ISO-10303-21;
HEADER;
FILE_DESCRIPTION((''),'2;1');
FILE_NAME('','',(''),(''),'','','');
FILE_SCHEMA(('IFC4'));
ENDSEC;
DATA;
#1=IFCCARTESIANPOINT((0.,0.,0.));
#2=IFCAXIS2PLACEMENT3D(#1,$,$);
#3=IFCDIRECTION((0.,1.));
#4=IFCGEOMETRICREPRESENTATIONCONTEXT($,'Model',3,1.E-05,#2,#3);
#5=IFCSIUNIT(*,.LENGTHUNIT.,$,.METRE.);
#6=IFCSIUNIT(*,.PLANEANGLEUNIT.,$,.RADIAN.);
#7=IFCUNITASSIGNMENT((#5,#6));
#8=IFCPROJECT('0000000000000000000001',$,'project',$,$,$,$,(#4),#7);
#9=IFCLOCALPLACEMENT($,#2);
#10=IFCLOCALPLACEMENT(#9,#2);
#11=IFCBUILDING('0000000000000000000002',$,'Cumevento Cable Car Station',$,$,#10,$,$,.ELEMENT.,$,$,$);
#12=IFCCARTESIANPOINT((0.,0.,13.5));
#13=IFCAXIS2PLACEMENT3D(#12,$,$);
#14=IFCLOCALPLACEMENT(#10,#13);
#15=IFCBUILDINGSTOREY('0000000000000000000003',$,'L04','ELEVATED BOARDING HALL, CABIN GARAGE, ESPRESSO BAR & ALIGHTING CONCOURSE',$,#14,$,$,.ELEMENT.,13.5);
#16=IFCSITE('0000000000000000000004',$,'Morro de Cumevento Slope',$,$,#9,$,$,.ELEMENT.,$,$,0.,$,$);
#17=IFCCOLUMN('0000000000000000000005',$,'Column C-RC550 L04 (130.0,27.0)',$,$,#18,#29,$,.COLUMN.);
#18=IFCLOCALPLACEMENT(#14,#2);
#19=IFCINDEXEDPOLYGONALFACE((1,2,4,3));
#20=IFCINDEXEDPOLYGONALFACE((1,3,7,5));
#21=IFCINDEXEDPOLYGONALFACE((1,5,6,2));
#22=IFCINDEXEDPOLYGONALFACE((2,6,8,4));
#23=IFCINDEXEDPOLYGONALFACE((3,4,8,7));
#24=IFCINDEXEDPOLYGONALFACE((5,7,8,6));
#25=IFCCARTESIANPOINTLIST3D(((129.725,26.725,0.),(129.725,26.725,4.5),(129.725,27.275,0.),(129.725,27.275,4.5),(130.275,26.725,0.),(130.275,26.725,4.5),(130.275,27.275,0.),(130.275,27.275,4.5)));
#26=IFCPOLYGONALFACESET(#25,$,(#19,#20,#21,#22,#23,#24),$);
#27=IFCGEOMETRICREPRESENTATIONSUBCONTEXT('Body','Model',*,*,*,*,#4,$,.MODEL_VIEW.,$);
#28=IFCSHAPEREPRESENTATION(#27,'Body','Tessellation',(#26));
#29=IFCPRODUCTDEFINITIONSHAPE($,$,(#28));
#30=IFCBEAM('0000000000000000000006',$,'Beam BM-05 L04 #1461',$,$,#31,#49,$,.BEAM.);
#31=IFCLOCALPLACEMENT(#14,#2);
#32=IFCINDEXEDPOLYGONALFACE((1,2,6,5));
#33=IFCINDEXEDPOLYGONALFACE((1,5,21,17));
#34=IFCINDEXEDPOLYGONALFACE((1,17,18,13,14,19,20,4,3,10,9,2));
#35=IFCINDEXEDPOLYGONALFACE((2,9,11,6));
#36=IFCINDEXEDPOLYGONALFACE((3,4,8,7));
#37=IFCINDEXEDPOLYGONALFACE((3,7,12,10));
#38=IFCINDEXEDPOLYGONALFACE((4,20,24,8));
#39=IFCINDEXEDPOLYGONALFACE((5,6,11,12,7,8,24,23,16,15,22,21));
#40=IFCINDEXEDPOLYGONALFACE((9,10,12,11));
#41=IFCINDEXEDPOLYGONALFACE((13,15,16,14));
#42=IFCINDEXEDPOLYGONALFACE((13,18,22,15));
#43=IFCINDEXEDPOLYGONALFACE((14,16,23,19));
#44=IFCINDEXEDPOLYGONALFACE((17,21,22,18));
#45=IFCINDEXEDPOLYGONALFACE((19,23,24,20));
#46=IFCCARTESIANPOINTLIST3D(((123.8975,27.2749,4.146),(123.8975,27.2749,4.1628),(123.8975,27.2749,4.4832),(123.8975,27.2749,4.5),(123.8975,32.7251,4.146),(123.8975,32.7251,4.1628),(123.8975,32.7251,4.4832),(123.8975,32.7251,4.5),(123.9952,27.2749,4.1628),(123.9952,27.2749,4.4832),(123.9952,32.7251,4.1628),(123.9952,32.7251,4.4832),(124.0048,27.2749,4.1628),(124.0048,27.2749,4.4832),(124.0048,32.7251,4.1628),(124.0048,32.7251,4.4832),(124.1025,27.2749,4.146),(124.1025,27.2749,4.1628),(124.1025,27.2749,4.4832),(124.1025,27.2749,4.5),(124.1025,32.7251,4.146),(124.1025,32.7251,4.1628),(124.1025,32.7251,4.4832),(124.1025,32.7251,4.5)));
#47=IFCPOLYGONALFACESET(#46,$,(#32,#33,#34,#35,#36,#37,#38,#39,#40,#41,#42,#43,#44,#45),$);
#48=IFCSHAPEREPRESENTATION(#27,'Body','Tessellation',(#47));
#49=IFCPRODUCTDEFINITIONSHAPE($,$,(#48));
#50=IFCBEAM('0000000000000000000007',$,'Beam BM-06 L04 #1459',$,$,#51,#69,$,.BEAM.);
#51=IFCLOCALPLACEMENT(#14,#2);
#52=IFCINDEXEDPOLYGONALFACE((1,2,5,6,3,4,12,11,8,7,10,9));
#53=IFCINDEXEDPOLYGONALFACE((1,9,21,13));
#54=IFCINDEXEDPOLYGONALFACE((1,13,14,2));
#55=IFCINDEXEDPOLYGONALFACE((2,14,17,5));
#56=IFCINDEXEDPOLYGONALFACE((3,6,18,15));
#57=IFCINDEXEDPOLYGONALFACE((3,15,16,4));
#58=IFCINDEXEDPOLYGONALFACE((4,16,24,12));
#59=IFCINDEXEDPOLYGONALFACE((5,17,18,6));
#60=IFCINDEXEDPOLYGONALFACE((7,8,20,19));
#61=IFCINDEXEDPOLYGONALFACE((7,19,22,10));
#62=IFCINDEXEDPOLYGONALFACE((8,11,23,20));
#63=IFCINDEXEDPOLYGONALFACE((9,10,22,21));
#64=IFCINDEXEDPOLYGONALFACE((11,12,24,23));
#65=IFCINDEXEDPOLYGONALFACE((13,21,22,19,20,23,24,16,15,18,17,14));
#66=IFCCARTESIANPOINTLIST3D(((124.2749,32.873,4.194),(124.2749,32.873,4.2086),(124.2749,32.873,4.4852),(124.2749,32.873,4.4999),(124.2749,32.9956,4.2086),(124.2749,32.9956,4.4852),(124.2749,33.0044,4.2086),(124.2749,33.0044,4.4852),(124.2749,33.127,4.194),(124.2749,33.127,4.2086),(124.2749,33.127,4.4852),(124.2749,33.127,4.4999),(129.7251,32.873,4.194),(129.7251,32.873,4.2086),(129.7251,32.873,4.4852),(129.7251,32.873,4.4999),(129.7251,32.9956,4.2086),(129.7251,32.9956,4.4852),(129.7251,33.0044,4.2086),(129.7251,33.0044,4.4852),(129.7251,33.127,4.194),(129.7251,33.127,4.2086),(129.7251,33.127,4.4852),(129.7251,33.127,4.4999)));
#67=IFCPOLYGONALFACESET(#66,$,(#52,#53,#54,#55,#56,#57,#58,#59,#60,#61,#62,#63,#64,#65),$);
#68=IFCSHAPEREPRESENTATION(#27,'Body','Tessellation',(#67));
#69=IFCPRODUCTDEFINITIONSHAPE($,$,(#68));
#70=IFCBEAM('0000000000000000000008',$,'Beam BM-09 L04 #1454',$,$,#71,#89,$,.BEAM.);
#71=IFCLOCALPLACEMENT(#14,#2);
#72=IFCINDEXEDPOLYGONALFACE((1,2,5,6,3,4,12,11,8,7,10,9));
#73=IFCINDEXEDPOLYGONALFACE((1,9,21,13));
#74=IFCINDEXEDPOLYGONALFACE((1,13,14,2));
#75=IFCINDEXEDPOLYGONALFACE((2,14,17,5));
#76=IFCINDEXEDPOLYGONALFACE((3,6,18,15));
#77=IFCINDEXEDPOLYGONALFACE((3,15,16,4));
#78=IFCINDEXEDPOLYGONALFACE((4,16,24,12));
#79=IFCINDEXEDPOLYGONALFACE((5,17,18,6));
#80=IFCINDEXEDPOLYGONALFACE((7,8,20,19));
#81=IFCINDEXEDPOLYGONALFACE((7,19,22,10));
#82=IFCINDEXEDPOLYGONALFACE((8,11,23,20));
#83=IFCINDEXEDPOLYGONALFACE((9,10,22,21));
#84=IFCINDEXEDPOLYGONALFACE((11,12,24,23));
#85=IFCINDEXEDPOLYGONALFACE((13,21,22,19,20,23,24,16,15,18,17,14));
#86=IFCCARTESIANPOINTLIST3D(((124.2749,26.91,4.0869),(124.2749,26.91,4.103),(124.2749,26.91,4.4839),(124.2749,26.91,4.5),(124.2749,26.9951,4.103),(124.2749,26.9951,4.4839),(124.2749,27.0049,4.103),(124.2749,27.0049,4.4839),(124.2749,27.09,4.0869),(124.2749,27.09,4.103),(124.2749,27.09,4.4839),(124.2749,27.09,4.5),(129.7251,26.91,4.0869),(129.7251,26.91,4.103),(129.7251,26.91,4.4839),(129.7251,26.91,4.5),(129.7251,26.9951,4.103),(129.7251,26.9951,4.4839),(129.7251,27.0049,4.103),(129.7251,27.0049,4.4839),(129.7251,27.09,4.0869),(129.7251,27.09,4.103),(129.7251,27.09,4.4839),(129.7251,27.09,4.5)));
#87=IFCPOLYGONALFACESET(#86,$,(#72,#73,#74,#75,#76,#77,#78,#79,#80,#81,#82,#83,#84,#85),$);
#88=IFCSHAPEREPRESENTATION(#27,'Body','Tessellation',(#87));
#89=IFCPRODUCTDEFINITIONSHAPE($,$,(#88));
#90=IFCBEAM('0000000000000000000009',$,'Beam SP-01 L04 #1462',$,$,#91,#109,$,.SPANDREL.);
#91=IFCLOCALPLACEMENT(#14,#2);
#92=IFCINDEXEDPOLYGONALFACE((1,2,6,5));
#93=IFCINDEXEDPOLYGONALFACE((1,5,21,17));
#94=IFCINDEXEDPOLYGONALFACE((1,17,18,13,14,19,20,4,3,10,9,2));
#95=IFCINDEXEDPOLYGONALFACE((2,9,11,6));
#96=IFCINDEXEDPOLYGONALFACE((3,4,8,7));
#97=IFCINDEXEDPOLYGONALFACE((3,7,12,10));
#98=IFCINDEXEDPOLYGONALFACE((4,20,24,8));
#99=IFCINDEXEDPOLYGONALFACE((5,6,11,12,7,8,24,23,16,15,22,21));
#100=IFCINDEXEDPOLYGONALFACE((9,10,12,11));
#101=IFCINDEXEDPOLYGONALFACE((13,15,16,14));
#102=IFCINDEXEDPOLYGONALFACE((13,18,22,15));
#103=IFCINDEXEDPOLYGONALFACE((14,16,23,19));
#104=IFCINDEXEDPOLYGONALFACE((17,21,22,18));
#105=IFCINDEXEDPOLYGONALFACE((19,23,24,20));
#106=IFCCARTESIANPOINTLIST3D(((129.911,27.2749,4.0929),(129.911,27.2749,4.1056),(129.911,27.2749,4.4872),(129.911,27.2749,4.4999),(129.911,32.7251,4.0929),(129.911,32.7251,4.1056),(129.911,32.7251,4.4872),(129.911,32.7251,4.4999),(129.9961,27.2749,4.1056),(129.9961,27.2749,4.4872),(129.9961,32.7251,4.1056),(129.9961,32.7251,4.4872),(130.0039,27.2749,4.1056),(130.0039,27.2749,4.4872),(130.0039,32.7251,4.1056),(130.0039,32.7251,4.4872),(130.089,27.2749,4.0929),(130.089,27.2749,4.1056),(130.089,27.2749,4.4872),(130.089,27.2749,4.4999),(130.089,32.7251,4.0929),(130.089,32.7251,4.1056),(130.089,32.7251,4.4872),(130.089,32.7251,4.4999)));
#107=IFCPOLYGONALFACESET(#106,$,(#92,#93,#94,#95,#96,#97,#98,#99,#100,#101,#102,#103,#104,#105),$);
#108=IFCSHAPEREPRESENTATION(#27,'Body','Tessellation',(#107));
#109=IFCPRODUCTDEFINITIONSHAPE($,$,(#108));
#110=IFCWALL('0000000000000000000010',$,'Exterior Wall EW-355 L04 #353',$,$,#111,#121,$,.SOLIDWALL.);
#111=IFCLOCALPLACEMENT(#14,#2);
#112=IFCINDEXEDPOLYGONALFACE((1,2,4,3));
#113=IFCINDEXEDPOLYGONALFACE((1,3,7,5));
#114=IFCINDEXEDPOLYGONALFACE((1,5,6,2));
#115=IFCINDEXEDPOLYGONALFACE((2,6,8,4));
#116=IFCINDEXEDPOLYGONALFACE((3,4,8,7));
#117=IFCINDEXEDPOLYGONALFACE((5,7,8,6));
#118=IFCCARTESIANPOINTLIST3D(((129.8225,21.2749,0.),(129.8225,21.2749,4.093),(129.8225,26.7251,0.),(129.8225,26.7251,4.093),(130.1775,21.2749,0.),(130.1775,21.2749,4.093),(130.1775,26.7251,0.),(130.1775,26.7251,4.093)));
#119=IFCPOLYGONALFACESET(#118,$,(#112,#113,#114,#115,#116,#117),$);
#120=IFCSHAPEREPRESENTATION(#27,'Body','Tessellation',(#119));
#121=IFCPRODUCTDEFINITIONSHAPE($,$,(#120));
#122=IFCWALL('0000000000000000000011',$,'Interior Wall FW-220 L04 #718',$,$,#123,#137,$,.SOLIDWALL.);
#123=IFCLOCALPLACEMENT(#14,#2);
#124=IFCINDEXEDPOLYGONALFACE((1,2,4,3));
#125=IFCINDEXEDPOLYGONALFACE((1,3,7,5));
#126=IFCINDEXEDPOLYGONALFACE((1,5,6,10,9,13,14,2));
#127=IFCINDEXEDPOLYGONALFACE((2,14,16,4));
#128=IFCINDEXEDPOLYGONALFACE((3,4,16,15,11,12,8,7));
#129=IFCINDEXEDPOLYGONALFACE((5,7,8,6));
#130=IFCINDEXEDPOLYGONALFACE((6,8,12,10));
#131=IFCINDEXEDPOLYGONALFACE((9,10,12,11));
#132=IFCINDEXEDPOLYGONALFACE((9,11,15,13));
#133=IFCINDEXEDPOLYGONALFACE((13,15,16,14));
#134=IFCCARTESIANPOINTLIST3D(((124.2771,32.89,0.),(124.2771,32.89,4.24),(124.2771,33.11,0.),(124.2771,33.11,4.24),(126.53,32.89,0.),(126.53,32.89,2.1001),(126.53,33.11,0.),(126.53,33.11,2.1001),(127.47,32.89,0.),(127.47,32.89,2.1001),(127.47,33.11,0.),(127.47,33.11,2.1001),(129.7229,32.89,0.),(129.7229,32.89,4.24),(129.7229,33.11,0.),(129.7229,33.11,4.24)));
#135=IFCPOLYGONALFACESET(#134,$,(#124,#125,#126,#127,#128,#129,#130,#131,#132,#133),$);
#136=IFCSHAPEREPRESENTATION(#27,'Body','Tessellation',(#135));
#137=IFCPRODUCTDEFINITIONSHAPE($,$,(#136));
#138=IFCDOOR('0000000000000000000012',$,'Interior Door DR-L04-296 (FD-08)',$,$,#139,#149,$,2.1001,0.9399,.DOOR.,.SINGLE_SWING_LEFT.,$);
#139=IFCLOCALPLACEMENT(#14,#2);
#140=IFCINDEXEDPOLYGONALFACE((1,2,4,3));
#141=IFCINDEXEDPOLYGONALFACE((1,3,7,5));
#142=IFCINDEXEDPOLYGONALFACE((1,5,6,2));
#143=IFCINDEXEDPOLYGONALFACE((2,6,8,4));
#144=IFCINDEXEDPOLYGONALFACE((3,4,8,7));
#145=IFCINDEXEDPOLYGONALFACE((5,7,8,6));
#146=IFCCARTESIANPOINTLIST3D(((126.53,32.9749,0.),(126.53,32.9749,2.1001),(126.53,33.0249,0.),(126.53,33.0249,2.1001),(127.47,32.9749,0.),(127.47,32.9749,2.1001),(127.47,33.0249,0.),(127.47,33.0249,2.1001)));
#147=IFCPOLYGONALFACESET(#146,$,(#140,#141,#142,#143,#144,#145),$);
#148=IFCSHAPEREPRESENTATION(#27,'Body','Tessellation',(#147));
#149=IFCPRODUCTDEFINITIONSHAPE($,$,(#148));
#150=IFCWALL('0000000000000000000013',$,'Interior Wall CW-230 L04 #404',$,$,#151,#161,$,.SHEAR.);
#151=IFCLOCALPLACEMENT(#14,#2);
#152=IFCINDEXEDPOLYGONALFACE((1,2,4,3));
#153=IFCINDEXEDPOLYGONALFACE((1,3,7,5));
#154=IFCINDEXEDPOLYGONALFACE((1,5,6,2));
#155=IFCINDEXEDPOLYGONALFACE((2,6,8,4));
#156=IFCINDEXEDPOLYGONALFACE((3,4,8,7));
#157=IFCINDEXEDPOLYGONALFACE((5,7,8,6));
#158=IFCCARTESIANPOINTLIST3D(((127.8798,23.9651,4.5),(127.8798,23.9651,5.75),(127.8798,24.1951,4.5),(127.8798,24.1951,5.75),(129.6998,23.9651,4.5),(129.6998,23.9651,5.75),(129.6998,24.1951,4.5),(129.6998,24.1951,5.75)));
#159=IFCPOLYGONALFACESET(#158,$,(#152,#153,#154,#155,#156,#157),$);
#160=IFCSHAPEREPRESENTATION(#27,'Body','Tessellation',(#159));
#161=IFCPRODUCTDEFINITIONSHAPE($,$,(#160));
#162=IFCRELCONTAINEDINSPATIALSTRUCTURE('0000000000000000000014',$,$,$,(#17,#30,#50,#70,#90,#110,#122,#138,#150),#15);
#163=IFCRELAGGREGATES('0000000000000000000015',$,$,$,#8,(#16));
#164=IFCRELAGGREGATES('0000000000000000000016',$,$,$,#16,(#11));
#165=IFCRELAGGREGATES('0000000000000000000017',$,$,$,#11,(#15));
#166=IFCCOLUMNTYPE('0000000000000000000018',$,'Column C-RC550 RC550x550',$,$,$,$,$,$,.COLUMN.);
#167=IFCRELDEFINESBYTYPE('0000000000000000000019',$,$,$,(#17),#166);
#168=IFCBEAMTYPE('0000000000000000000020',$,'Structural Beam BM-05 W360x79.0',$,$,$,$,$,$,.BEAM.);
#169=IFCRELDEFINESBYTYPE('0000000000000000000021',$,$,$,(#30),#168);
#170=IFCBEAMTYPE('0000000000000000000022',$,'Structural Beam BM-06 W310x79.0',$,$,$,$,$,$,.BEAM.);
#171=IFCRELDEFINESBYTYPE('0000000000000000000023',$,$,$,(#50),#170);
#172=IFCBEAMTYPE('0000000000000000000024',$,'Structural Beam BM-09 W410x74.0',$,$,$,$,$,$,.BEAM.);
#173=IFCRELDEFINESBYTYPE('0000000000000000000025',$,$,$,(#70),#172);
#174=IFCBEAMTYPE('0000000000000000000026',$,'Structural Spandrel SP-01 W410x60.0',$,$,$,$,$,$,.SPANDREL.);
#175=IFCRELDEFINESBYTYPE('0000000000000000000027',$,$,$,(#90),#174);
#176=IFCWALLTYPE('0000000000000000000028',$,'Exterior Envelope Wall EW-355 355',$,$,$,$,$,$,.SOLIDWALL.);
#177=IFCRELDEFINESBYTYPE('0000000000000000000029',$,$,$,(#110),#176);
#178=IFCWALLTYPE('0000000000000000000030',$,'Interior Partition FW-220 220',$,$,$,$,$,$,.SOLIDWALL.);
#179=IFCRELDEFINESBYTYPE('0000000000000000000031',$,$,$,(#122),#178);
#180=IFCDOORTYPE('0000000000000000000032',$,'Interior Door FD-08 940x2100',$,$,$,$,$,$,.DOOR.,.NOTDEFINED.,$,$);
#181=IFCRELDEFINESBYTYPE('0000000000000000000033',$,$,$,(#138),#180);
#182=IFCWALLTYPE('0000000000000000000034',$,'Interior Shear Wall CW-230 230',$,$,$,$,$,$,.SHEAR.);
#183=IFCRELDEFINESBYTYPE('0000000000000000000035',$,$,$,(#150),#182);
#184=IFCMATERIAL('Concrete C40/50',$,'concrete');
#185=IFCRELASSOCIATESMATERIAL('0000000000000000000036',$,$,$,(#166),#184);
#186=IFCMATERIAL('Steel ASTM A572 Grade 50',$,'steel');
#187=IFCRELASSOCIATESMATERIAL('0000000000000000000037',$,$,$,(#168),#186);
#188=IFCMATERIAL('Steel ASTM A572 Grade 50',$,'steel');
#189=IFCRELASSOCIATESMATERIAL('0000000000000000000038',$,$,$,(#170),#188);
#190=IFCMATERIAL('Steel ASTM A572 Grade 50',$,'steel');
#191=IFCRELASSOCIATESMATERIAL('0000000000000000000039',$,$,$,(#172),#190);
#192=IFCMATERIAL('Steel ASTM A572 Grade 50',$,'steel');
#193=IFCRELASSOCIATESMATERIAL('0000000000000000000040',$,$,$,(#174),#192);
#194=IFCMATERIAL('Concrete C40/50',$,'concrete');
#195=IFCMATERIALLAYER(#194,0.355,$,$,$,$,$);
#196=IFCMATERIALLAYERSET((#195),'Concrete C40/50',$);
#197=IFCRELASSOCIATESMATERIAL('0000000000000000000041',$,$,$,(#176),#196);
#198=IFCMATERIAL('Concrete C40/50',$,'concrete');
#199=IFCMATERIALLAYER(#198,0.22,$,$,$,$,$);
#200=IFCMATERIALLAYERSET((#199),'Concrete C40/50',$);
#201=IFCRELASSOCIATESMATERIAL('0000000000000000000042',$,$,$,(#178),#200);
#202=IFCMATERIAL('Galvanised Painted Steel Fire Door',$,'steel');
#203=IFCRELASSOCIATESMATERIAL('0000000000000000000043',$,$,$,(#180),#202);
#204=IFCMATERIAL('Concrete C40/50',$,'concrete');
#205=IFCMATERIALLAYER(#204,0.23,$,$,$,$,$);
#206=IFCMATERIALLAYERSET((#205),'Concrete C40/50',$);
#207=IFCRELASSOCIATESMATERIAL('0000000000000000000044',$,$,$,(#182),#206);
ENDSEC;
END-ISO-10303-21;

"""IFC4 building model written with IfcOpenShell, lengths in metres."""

from ifc_helpers import new_model, si_unit, direction, frame, frame_2d, origin, origin_2d, place, context, subcontext, project, spatial, rectangle, i_section, extrude, material, layer, layer_set, material_profile, profile_set, type_object, element, fill, save


model = new_model("IFC4")

# Units and contexts
model_context = context("Model", 3, precision=1e-05, world=origin(), true_north=direction((0.0, 1.0)))
body_context = subcontext(model_context, "Body", "Model", "MODEL_VIEW")
ifc_project = project(units=[si_unit("LENGTHUNIT", "METRE"), si_unit("PLANEANGLEUNIT", "RADIAN")], contexts=[model_context])

# Site, building, storey
site_placement = place(None, origin())
site = spatial("IfcSite", under=ifc_project, at=site_placement, Name="Morro de Cumevento Slope", CompositionType="ELEMENT", RefElevation=0.0)
building_placement = place(site_placement, origin())
building = spatial("IfcBuilding", under=site, at=building_placement, Name="Cumevento Cable Car Station", CompositionType="ELEMENT")
storey_placement = place(building_placement, frame((0.0, 0.0, 13.5)))
storey = spatial("IfcBuildingStorey", under=building, at=storey_placement, Name="L04", Description="ELEVATED BOARDING HALL, CABIN GARAGE, ESPRESSO BAR & ALIGHTING CONCOURSE", CompositionType="ELEMENT", Elevation=13.5)

# Column
ifc_material_1 = material(Name="Concrete C40/50", Category="concrete")
ifc_material_profile_1 = material_profile(ifc_material_1, rectangle(XDim=0.55, YDim=0.55, at=origin_2d()), Name="RC550x550")
ifc_profile_set_1 = profile_set([ifc_material_profile_1], Name="Concrete C40/50")
column_type = type_object("IfcColumnType", Name="Column C-RC550 RC550x550", PredefinedType="COLUMN", material=ifc_profile_set_1)
column_placement = place(storey_placement, frame((130.0, 27.0, 0.0), z_axis=(0.0, 0.0, 1.0), x_axis=(1.0, 0.0, 0.0)))
element("IfcColumn", 1, at=column_placement, inside=storey, type_object=column_type, Name="Column C-RC550 L04 (130.0,27.0)", PredefinedType="COLUMN", context=body_context, shape_type="SweptSolid", body=[
    extrude(rectangle(XDim=0.55, YDim=0.55, at=origin_2d()), origin(), (0.0, 0.0, 1.0), 4.5),
])

# Beams
ifc_material_2 = material(Name="Steel ASTM A572 Grade 50", Category="steel")
ifc_material_profile_2 = material_profile(ifc_material_2, i_section(OverallWidth=0.2051, OverallDepth=0.354, WebThickness=0.0095, FlangeThickness=0.0168, at=origin_2d()), Name="W360x79.0")
ifc_profile_set_2 = profile_set([ifc_material_profile_2], Name="Steel ASTM A572 Grade 50")
beam_type_1 = type_object("IfcBeamType", Name="Structural Beam BM-05 W360x79.0", PredefinedType="BEAM", material=ifc_profile_set_2)
beam_1_placement = place(storey_placement, frame((124.0, 27.2749, 4.323), z_axis=(0.0, 1.0, 0.0), x_axis=(-1.0, 0.0, 0.0)))
element("IfcBeam", 2, at=beam_1_placement, inside=storey, type_object=beam_type_1, Name="Beam BM-05 L04 #1461", PredefinedType="BEAM", context=body_context, shape_type="SweptSolid", body=[
    extrude(i_section(OverallWidth=0.2051, OverallDepth=0.354, WebThickness=0.0095, FlangeThickness=0.0168, at=origin_2d()), origin(), (0.0, 0.0, 1.0), 5.4502),
])
ifc_material_3 = material(Name="Steel ASTM A572 Grade 50", Category="steel")
ifc_material_profile_3 = material_profile(ifc_material_3, i_section(OverallWidth=0.2539, OverallDepth=0.3059, WebThickness=0.0088, FlangeThickness=0.0146, at=origin_2d()), Name="W310x79.0")
ifc_profile_set_3 = profile_set([ifc_material_profile_3], Name="Steel ASTM A572 Grade 50")
beam_type_2 = type_object("IfcBeamType", Name="Structural Beam BM-06 W310x79.0", PredefinedType="BEAM", material=ifc_profile_set_3)
beam_2_placement = place(storey_placement, frame((124.2749, 33.0, 4.3469), z_axis=(1.0, 0.0, 0.0), x_axis=(0.0, 1.0, 0.0)))
element("IfcBeam", 3, at=beam_2_placement, inside=storey, type_object=beam_type_2, Name="Beam BM-06 L04 #1459", PredefinedType="BEAM", context=body_context, shape_type="SweptSolid", body=[
    extrude(i_section(OverallWidth=0.2539, OverallDepth=0.3059, WebThickness=0.0088, FlangeThickness=0.0146, at=origin_2d()), origin(), (0.0, 0.0, 1.0), 5.4502),
])
ifc_material_4 = material(Name="Steel ASTM A572 Grade 50", Category="steel")
ifc_material_profile_4 = material_profile(ifc_material_4, i_section(OverallWidth=0.1799, OverallDepth=0.4131, WebThickness=0.0098, FlangeThickness=0.0161, at=origin_2d()), Name="W410x74.0")
ifc_profile_set_4 = profile_set([ifc_material_profile_4], Name="Steel ASTM A572 Grade 50")
beam_type_3 = type_object("IfcBeamType", Name="Structural Beam BM-09 W410x74.0", PredefinedType="BEAM", material=ifc_profile_set_4)
beam_3_placement = place(storey_placement, frame((124.2749, 27.0, 4.2935), z_axis=(1.0, 0.0, 0.0), x_axis=(0.0, 1.0, 0.0)))
element("IfcBeam", 4, at=beam_3_placement, inside=storey, type_object=beam_type_3, Name="Beam BM-09 L04 #1454", PredefinedType="BEAM", context=body_context, shape_type="SweptSolid", body=[
    extrude(i_section(OverallWidth=0.1799, OverallDepth=0.4131, WebThickness=0.0098, FlangeThickness=0.0161, at=origin_2d()), origin(), (0.0, 0.0, 1.0), 5.4502),
])
ifc_material_5 = material(Name="Steel ASTM A572 Grade 50", Category="steel")
ifc_material_profile_5 = material_profile(ifc_material_5, i_section(OverallWidth=0.178, OverallDepth=0.407, WebThickness=0.0078, FlangeThickness=0.0127, at=origin_2d()), Name="W410x60.0")
ifc_profile_set_5 = profile_set([ifc_material_profile_5], Name="Steel ASTM A572 Grade 50")
beam_type_4 = type_object("IfcBeamType", Name="Structural Spandrel SP-01 W410x60.0", PredefinedType="SPANDREL", material=ifc_profile_set_5)
beam_4_placement = place(storey_placement, frame((130.0, 27.2749, 4.2964), z_axis=(0.0, 1.0, 0.0), x_axis=(-1.0, 0.0, 0.0)))
element("IfcBeam", 5, at=beam_4_placement, inside=storey, type_object=beam_type_4, Name="Beam SP-01 L04 #1462", PredefinedType="SPANDREL", context=body_context, shape_type="SweptSolid", body=[
    extrude(i_section(OverallWidth=0.178, OverallDepth=0.407, WebThickness=0.0078, FlangeThickness=0.0127, at=origin_2d()), origin(), (0.0, 0.0, 1.0), 5.4502),
])

# Wall
ifc_material_6 = material(Name="Concrete C40/50", Category="concrete")
ifc_layer_1 = layer(ifc_material_6, 0.355)
ifc_layer_set_1 = layer_set([ifc_layer_1], Name="Concrete C40/50")
wall_type_1 = type_object("IfcWallType", Name="Exterior Envelope Wall EW-355 355", PredefinedType="SOLIDWALL", material=ifc_layer_set_1)
wall_1_placement = place(storey_placement, frame((130.0, 26.7251, 0.0), z_axis=(0.0, 0.0, 1.0), x_axis=(0.0, -1.0, 0.0)))
element("IfcWall", 6, at=wall_1_placement, inside=storey, type_object=wall_type_1, Name="Exterior Wall EW-355 L04 #353", PredefinedType="SOLIDWALL", context=body_context, shape_type="SweptSolid", body=[
    extrude(rectangle(XDim=5.4502, YDim=0.355, at=frame_2d((2.7251, 0.0))), origin(), (0.0, 0.0, 1.0), 4.093),
])

# Wall, opening, door
ifc_material_7 = material(Name="Concrete C40/50", Category="concrete")
ifc_layer_2 = layer(ifc_material_7, 0.22)
ifc_layer_set_2 = layer_set([ifc_layer_2], Name="Concrete C40/50")
wall_type_2 = type_object("IfcWallType", Name="Interior Partition FW-220 220", PredefinedType="SOLIDWALL", material=ifc_layer_set_2)
wall_2_placement = place(storey_placement, frame((124.2771, 33.0, 0.0), z_axis=(0.0, 0.0, 1.0), x_axis=(1.0, 0.0, 0.0)))
wall_2 = element("IfcWall", 7, at=wall_2_placement, inside=storey, type_object=wall_type_2, Name="Interior Wall FW-220 L04 #718", PredefinedType="SOLIDWALL", context=body_context, shape_type="SweptSolid", body=[
    extrude(rectangle(XDim=5.4458, YDim=0.22, at=frame_2d((2.7229, 0.0))), origin(), (0.0, 0.0, 1.0), 4.24),
])
opening_1_placement = place(wall_2_placement, frame((2.2529, 0.0, 0.0)))
opening_1 = element("IfcOpeningElement", 8, at=opening_1_placement, cuts=wall_2, PredefinedType="OPENING", context=body_context, shape_type="SweptSolid", body=[
    extrude(rectangle(XDim=0.9399, YDim=2.1001, at=frame_2d((0.47, 1.05))), frame((0.0, 0.1199, 0.0), z_axis=(0.0, -1.0, 0.0), x_axis=(1.0, 0.0, 0.0)), (0.0, 0.0, 1.0), 0.24),
])
ifc_material_8 = material(Name="Galvanised Painted Steel Fire Door", Category="steel")
door_type_1 = type_object("IfcDoorType", Name="Interior Door FD-08 940x2100", OperationType="NOTDEFINED", PredefinedType="DOOR", material=ifc_material_8)
door_1_placement = place(opening_1_placement, origin())
door_1 = element("IfcDoor", 9, at=door_1_placement, inside=storey, type_object=door_type_1, Name="Interior Door DR-L04-296 (FD-08)", OperationType="SINGLE_SWING_LEFT", OverallHeight=2.1001, OverallWidth=0.9399, PredefinedType="DOOR", context=body_context, shape_type="SweptSolid", body=[
    extrude(rectangle(XDim=0.9399, YDim=2.1001, at=frame_2d((0.47, 1.05))), frame((0.0, 0.0249, 0.0), z_axis=(0.0, -1.0, 0.0), x_axis=(1.0, 0.0, 0.0)), (0.0, 0.0, 1.0), 0.05),
])
fill(opening_1, door_1)

# Wall
ifc_material_9 = material(Name="Concrete C40/50", Category="concrete")
ifc_layer_3 = layer(ifc_material_9, 0.23)
ifc_layer_set_3 = layer_set([ifc_layer_3], Name="Concrete C40/50")
wall_type_3 = type_object("IfcWallType", Name="Interior Shear Wall CW-230 230", PredefinedType="SHEAR", material=ifc_layer_set_3)
wall_3_placement = place(storey_placement, frame((129.7, 24.0801, 4.5), z_axis=(0.0, 0.0, 1.0), x_axis=(-1.0, 0.0, 0.0)))
element("IfcWall", 10, at=wall_3_placement, inside=storey, type_object=wall_type_3, Name="Interior Wall CW-230 L04 #404", PredefinedType="SHEAR", context=body_context, shape_type="SweptSolid", body=[
    extrude(rectangle(XDim=1.8201, YDim=0.23, at=frame_2d((0.9102, 0.0))), origin(), (0.0, 0.0, 1.0), 1.25),
])

save(model, "model.ifc")
